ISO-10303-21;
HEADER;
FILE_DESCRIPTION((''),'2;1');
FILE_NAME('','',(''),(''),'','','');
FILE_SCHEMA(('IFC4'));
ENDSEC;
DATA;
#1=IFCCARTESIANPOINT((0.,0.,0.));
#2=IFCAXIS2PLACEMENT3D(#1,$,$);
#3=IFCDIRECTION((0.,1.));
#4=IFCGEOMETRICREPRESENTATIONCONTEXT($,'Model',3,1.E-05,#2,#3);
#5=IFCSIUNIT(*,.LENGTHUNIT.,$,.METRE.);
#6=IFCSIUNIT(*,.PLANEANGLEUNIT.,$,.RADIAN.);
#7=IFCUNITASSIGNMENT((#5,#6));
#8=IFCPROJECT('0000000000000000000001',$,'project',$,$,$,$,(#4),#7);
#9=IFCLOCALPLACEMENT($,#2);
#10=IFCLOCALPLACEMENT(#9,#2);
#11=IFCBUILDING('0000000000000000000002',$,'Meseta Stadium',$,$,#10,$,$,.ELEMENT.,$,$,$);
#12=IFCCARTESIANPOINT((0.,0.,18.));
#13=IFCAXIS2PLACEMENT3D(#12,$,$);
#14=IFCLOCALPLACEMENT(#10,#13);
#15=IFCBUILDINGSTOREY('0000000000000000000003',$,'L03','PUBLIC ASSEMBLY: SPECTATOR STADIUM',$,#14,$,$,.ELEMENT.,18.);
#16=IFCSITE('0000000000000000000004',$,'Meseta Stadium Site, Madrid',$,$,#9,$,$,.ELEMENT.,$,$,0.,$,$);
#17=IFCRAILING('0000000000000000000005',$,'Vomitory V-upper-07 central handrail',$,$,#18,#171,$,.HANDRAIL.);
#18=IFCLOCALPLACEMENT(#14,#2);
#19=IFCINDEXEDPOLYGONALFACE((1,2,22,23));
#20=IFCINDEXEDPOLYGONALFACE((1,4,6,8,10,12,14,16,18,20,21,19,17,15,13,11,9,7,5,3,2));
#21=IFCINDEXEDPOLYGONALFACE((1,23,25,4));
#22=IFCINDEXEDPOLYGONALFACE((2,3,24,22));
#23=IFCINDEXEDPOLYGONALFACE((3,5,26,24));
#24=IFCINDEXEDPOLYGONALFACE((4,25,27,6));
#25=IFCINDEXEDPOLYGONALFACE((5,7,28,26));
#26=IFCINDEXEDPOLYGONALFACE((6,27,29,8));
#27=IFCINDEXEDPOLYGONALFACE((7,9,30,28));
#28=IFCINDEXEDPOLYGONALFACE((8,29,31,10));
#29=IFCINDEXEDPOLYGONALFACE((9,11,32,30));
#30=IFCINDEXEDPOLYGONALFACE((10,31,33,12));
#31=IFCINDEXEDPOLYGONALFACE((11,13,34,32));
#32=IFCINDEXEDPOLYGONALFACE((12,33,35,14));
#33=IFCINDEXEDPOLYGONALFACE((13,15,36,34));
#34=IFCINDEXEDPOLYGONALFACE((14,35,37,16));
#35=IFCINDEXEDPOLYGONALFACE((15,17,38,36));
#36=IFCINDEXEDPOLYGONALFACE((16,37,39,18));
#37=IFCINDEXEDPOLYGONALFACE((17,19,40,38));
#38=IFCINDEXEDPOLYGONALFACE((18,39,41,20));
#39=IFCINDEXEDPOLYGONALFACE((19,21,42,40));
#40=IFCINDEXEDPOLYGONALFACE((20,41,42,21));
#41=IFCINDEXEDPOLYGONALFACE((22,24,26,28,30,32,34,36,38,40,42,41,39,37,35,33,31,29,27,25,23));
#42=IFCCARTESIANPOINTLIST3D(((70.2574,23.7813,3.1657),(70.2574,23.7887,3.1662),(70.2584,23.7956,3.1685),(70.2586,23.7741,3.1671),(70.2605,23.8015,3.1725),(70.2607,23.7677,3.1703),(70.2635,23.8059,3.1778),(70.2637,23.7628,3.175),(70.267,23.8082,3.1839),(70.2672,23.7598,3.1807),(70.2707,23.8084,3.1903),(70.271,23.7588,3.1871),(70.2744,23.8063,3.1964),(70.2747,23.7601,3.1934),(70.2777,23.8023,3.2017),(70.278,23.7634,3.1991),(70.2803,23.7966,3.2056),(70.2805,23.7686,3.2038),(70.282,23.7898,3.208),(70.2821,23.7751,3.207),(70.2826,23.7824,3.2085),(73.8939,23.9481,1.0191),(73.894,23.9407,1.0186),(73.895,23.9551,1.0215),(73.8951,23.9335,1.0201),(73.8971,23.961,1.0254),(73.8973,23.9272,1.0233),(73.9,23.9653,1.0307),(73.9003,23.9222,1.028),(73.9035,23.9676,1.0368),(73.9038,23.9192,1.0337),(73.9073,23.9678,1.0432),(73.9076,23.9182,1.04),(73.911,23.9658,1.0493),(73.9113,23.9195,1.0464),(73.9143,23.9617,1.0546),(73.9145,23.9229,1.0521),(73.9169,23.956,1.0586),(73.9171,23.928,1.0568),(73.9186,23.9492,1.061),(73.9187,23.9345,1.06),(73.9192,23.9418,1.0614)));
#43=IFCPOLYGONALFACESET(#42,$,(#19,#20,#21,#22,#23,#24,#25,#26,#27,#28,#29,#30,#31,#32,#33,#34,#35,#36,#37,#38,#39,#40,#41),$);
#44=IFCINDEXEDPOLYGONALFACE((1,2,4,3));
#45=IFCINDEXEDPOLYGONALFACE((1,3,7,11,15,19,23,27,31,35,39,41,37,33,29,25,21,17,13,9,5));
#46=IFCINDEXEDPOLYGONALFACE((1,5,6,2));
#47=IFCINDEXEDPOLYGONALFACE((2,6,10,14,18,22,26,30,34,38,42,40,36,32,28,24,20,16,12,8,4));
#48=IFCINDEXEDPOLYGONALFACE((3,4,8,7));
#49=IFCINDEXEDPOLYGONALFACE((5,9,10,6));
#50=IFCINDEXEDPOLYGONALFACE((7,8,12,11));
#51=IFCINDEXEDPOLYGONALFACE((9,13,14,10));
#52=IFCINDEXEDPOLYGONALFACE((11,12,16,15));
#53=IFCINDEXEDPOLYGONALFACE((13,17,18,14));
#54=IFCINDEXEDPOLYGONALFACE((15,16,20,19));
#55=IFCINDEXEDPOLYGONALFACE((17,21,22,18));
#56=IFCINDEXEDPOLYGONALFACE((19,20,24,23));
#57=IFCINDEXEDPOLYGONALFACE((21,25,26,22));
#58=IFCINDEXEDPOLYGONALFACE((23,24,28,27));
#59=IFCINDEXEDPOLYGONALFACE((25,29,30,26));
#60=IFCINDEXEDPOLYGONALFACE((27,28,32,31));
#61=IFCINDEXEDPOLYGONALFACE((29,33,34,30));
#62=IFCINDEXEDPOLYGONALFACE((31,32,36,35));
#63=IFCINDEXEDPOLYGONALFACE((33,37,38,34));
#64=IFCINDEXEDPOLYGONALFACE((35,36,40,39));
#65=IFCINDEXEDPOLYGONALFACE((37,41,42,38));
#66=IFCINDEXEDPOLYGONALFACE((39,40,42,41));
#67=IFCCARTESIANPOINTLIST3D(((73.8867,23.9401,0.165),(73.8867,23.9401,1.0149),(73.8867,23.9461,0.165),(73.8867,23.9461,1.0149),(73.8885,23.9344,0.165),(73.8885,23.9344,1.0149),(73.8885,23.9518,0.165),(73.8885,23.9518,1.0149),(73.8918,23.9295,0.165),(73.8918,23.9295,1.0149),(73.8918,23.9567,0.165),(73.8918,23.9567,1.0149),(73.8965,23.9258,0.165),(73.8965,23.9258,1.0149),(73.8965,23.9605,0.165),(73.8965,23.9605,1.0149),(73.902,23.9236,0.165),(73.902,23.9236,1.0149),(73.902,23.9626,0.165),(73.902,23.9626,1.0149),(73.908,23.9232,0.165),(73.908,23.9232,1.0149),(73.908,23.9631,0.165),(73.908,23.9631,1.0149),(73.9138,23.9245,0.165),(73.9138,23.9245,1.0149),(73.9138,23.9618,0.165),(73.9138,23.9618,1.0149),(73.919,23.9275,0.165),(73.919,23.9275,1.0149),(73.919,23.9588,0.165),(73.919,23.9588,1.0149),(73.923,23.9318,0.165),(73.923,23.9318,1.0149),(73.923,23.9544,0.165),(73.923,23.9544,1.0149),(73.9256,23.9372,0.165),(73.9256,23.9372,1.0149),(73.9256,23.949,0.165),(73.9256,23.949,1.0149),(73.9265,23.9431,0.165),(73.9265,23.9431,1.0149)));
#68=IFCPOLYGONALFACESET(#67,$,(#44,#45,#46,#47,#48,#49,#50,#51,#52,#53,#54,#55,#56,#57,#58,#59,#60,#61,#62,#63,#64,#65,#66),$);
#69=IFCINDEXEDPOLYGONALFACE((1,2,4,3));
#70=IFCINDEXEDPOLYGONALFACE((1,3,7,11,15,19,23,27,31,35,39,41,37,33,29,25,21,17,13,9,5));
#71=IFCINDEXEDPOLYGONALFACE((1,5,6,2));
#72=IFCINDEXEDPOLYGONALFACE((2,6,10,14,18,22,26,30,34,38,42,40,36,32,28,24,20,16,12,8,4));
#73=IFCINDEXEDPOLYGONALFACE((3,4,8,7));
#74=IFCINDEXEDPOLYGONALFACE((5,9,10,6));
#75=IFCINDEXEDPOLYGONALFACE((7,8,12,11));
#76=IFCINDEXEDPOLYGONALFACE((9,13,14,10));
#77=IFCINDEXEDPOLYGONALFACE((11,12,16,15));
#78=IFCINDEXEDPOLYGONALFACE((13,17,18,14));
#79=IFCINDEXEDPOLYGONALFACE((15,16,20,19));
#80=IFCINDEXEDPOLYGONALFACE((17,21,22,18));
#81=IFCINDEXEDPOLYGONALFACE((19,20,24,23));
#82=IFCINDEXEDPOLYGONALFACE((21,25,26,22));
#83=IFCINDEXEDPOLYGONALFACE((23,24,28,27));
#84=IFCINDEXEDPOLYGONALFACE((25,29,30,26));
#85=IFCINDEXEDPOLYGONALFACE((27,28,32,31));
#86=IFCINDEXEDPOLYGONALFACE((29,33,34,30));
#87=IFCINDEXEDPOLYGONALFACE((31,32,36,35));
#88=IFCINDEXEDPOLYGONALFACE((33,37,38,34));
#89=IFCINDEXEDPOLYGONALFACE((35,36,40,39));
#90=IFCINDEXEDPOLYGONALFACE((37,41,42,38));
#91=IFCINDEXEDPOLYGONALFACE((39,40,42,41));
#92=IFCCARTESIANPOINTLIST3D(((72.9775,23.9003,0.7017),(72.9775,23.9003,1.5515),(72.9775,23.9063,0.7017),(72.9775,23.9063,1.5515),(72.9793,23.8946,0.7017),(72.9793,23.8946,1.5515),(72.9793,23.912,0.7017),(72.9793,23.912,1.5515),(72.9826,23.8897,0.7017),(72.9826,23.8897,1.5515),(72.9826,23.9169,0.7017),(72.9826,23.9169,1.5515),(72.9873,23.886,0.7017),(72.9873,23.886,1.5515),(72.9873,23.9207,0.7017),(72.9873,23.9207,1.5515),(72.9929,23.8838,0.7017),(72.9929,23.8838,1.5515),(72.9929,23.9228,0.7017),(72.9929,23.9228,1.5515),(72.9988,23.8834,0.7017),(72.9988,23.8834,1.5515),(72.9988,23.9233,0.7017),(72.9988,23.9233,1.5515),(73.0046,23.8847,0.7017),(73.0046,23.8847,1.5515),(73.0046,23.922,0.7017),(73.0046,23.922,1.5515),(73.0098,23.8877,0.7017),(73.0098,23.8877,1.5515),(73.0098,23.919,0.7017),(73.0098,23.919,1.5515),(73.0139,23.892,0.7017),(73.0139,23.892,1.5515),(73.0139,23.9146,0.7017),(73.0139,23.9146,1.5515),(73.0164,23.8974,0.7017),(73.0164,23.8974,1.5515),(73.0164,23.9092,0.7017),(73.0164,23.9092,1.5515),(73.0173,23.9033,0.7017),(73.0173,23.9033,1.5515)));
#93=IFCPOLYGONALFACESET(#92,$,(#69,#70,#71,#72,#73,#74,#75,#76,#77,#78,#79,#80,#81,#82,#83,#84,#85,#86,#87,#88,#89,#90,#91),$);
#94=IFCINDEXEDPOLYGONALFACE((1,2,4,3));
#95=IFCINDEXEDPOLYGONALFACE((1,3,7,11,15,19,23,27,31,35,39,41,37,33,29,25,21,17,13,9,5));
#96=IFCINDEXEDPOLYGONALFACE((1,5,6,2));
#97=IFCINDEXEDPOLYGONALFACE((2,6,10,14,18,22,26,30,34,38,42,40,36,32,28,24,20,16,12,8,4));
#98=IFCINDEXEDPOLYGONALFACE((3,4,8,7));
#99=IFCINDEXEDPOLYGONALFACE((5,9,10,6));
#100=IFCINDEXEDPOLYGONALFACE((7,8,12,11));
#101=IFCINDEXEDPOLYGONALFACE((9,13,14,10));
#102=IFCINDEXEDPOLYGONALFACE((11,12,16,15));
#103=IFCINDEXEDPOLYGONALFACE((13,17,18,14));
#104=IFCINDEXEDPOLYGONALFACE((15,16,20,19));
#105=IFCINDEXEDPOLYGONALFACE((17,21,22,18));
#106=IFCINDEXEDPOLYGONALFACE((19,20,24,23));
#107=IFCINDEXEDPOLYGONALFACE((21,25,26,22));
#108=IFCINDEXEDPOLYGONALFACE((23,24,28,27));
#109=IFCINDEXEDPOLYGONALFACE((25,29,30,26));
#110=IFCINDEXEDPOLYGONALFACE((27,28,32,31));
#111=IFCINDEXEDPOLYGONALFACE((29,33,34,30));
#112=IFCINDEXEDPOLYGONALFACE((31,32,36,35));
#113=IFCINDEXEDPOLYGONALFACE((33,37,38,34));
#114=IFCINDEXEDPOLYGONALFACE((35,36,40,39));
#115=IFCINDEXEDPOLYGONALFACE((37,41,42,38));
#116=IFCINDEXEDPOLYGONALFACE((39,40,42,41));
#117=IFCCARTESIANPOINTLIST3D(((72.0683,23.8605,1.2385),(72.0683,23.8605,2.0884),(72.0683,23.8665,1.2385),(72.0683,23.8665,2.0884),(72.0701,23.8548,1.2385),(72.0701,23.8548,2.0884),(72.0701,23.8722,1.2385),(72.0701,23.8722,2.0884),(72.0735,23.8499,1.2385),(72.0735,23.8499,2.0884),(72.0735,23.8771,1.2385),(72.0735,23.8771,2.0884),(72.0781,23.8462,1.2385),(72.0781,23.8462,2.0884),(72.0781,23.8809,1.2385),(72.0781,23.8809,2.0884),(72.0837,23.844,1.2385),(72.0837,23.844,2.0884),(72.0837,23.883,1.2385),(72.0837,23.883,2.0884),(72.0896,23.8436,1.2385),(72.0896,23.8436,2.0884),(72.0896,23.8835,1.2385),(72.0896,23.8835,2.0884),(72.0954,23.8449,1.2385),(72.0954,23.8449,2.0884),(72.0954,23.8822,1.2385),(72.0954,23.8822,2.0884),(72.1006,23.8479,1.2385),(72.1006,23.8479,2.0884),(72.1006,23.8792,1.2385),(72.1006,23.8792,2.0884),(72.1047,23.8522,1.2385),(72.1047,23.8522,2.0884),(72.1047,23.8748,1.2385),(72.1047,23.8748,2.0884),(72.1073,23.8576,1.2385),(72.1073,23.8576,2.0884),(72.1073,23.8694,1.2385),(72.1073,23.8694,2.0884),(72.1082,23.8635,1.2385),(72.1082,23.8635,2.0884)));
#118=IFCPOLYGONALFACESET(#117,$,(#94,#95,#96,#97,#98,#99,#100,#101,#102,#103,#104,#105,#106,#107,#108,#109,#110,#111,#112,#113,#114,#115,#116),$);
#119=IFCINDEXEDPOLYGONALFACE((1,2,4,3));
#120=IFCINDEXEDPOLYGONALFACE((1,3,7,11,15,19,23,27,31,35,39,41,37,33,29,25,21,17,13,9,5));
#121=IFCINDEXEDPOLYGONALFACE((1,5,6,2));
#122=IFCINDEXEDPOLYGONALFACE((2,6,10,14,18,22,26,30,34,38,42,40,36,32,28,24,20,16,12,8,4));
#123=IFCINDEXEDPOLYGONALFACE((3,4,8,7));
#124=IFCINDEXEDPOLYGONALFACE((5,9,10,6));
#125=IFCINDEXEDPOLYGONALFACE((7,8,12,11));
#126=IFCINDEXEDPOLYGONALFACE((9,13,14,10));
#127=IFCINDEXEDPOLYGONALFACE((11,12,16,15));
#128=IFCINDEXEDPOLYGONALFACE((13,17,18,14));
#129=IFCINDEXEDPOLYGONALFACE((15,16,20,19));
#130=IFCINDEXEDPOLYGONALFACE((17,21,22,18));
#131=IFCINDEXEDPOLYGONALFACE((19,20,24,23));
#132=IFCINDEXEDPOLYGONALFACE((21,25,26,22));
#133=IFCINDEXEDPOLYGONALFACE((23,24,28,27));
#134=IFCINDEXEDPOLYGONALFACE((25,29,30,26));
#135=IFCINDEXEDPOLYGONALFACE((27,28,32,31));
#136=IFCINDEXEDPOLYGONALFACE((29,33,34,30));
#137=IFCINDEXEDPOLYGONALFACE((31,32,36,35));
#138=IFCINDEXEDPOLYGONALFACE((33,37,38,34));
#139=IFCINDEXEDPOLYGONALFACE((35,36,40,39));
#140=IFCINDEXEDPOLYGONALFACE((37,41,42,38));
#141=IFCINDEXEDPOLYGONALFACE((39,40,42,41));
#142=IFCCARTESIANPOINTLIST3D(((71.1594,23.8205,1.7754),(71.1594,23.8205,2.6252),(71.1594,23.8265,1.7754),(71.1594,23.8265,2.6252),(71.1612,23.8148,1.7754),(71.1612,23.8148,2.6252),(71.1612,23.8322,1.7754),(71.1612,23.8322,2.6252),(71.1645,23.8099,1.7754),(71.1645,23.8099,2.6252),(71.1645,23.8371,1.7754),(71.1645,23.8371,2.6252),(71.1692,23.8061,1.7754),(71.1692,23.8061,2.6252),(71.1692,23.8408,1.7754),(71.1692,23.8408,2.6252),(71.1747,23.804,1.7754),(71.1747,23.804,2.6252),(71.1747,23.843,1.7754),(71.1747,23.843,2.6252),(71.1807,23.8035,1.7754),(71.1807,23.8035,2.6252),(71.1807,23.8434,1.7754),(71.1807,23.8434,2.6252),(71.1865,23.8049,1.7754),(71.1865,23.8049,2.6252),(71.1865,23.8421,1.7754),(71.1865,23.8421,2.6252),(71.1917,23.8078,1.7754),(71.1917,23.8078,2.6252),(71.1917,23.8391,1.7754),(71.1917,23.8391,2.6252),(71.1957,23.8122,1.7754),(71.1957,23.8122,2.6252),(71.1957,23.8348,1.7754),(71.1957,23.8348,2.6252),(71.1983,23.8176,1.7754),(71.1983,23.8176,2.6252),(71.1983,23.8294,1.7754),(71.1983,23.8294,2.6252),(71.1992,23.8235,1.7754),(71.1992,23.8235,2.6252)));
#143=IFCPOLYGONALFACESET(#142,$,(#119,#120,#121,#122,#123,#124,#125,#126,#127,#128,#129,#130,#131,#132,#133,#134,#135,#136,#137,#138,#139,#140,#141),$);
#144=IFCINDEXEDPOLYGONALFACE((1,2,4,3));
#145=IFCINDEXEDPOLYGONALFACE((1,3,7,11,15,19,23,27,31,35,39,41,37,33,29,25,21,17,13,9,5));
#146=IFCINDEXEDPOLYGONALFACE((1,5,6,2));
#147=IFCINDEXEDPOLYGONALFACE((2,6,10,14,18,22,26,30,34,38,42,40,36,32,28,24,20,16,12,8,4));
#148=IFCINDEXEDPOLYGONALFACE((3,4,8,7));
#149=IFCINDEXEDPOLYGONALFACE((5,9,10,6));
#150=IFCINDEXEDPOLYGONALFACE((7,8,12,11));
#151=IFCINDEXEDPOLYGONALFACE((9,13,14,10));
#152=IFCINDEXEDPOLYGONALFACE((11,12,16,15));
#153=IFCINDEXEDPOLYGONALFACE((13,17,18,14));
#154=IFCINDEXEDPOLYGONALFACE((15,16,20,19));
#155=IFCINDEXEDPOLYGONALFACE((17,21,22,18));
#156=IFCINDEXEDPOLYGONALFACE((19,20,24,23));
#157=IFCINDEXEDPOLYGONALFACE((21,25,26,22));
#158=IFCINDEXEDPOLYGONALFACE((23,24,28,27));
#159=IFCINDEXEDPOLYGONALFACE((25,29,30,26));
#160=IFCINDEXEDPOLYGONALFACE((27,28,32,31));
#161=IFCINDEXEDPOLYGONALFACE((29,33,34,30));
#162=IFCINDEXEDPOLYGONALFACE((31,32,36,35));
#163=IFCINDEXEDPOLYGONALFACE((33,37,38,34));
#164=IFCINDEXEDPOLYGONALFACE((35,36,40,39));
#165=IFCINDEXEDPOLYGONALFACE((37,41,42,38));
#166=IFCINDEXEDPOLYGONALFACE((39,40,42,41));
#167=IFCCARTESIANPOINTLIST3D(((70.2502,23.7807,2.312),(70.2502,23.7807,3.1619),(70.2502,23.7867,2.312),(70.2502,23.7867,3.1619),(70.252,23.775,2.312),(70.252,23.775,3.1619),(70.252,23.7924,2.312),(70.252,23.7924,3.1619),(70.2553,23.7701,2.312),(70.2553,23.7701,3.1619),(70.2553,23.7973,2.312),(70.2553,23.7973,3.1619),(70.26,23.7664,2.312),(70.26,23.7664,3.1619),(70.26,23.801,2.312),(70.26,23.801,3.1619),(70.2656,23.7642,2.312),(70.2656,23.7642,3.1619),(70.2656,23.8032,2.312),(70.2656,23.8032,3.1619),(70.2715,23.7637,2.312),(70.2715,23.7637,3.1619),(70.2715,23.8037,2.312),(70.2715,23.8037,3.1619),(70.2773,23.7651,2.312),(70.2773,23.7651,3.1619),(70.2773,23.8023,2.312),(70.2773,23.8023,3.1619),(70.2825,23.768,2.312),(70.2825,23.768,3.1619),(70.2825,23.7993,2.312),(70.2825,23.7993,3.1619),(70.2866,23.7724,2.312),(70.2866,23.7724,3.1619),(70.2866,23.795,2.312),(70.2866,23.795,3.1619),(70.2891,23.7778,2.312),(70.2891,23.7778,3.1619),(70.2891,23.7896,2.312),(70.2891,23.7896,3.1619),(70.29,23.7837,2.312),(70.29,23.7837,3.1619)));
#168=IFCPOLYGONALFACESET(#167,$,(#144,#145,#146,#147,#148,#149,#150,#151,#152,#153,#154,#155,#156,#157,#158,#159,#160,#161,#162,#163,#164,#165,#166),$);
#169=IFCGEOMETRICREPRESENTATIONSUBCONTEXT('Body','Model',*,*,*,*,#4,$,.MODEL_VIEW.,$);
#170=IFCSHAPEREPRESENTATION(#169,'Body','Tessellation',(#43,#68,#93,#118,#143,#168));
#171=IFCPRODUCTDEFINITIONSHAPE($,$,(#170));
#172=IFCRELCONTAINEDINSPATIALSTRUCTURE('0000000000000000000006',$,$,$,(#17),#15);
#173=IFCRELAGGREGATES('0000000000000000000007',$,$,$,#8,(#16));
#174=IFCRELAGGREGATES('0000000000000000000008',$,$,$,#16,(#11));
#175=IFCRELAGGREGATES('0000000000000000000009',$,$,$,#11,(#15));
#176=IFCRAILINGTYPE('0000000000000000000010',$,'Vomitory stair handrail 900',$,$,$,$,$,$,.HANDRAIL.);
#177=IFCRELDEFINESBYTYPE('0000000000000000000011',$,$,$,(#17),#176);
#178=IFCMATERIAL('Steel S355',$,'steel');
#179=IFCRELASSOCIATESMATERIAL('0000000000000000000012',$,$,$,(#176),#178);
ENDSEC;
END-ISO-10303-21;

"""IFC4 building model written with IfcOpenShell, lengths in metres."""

from ifc_helpers import new_model, si_unit, direction, frame, origin, origin_2d, place, context, subcontext, project, spatial, circle, extrude, material, type_object, element, save


model = new_model("IFC4")

# Units and contexts
model_context = context("Model", 3, precision=1e-05, world=origin(), true_north=direction((0.0, 1.0)))
body_context = subcontext(model_context, "Body", "Model", "MODEL_VIEW")
ifc_project = project(units=[si_unit("LENGTHUNIT", "METRE"), si_unit("PLANEANGLEUNIT", "RADIAN")], contexts=[model_context])

# Site, building, storey
site_placement = place(None, origin())
site = spatial("IfcSite", under=ifc_project, at=site_placement, Name="Meseta Stadium Site, Madrid", CompositionType="ELEMENT", RefElevation=0.0)
building_placement = place(site_placement, origin())
building = spatial("IfcBuilding", under=site, at=building_placement, Name="Meseta Stadium", CompositionType="ELEMENT")
storey_placement = place(building_placement, frame((0.0, 0.0, 18.0)))
storey = spatial("IfcBuildingStorey", under=building, at=storey_placement, Name="L03", Description="PUBLIC ASSEMBLY: SPECTATOR STADIUM", CompositionType="ELEMENT", Elevation=18.0)

# Railing
ifc_material_1 = material(Name="Steel S355", Category="steel")
railing_type_1 = type_object("IfcRailingType", Name="Vomitory stair handrail 900", PredefinedType="HANDRAIL", material=ifc_material_1)
railing_1_placement = place(storey_placement, frame((73.9065, 23.9431, 0.165)))
element("IfcRailing", 1, at=railing_1_placement, inside=storey, type_object=railing_type_1, Name="Vomitory V-upper-07 central handrail", PredefinedType="HANDRAIL", context=body_context, shape_type="SweptSolid", body=[
    extrude(circle(Radius=0.0249, at=origin_2d()), frame((0.0, 0.0, 0.875), z_axis=(-0.860506, -0.037725, 0.508042), x_axis=(0.043798, -0.99904, 0.0)), (0.0, 0.0, 1.0), 4.2261),
    extrude(circle(Radius=0.02, at=origin_2d()), origin(), (0.0, 0.0, 1.0), 0.8499),
    extrude(circle(Radius=0.02, at=origin_2d()), frame((-0.9092, -0.0398, 0.5366)), (0.0, 0.0, 1.0), 0.8499),
    extrude(circle(Radius=0.02, at=origin_2d()), frame((-1.8184, -0.0796, 1.0735)), (0.0, 0.0, 1.0), 0.8499),
    extrude(circle(Radius=0.02, at=origin_2d()), frame((-2.7273, -0.1196, 1.6104)), (0.0, 0.0, 1.0), 0.8499),
    extrude(circle(Radius=0.02, at=origin_2d()), frame((-3.6365, -0.1594, 2.147)), (0.0, 0.0, 1.0), 0.8499),
])

save(model, "model.ifc")
